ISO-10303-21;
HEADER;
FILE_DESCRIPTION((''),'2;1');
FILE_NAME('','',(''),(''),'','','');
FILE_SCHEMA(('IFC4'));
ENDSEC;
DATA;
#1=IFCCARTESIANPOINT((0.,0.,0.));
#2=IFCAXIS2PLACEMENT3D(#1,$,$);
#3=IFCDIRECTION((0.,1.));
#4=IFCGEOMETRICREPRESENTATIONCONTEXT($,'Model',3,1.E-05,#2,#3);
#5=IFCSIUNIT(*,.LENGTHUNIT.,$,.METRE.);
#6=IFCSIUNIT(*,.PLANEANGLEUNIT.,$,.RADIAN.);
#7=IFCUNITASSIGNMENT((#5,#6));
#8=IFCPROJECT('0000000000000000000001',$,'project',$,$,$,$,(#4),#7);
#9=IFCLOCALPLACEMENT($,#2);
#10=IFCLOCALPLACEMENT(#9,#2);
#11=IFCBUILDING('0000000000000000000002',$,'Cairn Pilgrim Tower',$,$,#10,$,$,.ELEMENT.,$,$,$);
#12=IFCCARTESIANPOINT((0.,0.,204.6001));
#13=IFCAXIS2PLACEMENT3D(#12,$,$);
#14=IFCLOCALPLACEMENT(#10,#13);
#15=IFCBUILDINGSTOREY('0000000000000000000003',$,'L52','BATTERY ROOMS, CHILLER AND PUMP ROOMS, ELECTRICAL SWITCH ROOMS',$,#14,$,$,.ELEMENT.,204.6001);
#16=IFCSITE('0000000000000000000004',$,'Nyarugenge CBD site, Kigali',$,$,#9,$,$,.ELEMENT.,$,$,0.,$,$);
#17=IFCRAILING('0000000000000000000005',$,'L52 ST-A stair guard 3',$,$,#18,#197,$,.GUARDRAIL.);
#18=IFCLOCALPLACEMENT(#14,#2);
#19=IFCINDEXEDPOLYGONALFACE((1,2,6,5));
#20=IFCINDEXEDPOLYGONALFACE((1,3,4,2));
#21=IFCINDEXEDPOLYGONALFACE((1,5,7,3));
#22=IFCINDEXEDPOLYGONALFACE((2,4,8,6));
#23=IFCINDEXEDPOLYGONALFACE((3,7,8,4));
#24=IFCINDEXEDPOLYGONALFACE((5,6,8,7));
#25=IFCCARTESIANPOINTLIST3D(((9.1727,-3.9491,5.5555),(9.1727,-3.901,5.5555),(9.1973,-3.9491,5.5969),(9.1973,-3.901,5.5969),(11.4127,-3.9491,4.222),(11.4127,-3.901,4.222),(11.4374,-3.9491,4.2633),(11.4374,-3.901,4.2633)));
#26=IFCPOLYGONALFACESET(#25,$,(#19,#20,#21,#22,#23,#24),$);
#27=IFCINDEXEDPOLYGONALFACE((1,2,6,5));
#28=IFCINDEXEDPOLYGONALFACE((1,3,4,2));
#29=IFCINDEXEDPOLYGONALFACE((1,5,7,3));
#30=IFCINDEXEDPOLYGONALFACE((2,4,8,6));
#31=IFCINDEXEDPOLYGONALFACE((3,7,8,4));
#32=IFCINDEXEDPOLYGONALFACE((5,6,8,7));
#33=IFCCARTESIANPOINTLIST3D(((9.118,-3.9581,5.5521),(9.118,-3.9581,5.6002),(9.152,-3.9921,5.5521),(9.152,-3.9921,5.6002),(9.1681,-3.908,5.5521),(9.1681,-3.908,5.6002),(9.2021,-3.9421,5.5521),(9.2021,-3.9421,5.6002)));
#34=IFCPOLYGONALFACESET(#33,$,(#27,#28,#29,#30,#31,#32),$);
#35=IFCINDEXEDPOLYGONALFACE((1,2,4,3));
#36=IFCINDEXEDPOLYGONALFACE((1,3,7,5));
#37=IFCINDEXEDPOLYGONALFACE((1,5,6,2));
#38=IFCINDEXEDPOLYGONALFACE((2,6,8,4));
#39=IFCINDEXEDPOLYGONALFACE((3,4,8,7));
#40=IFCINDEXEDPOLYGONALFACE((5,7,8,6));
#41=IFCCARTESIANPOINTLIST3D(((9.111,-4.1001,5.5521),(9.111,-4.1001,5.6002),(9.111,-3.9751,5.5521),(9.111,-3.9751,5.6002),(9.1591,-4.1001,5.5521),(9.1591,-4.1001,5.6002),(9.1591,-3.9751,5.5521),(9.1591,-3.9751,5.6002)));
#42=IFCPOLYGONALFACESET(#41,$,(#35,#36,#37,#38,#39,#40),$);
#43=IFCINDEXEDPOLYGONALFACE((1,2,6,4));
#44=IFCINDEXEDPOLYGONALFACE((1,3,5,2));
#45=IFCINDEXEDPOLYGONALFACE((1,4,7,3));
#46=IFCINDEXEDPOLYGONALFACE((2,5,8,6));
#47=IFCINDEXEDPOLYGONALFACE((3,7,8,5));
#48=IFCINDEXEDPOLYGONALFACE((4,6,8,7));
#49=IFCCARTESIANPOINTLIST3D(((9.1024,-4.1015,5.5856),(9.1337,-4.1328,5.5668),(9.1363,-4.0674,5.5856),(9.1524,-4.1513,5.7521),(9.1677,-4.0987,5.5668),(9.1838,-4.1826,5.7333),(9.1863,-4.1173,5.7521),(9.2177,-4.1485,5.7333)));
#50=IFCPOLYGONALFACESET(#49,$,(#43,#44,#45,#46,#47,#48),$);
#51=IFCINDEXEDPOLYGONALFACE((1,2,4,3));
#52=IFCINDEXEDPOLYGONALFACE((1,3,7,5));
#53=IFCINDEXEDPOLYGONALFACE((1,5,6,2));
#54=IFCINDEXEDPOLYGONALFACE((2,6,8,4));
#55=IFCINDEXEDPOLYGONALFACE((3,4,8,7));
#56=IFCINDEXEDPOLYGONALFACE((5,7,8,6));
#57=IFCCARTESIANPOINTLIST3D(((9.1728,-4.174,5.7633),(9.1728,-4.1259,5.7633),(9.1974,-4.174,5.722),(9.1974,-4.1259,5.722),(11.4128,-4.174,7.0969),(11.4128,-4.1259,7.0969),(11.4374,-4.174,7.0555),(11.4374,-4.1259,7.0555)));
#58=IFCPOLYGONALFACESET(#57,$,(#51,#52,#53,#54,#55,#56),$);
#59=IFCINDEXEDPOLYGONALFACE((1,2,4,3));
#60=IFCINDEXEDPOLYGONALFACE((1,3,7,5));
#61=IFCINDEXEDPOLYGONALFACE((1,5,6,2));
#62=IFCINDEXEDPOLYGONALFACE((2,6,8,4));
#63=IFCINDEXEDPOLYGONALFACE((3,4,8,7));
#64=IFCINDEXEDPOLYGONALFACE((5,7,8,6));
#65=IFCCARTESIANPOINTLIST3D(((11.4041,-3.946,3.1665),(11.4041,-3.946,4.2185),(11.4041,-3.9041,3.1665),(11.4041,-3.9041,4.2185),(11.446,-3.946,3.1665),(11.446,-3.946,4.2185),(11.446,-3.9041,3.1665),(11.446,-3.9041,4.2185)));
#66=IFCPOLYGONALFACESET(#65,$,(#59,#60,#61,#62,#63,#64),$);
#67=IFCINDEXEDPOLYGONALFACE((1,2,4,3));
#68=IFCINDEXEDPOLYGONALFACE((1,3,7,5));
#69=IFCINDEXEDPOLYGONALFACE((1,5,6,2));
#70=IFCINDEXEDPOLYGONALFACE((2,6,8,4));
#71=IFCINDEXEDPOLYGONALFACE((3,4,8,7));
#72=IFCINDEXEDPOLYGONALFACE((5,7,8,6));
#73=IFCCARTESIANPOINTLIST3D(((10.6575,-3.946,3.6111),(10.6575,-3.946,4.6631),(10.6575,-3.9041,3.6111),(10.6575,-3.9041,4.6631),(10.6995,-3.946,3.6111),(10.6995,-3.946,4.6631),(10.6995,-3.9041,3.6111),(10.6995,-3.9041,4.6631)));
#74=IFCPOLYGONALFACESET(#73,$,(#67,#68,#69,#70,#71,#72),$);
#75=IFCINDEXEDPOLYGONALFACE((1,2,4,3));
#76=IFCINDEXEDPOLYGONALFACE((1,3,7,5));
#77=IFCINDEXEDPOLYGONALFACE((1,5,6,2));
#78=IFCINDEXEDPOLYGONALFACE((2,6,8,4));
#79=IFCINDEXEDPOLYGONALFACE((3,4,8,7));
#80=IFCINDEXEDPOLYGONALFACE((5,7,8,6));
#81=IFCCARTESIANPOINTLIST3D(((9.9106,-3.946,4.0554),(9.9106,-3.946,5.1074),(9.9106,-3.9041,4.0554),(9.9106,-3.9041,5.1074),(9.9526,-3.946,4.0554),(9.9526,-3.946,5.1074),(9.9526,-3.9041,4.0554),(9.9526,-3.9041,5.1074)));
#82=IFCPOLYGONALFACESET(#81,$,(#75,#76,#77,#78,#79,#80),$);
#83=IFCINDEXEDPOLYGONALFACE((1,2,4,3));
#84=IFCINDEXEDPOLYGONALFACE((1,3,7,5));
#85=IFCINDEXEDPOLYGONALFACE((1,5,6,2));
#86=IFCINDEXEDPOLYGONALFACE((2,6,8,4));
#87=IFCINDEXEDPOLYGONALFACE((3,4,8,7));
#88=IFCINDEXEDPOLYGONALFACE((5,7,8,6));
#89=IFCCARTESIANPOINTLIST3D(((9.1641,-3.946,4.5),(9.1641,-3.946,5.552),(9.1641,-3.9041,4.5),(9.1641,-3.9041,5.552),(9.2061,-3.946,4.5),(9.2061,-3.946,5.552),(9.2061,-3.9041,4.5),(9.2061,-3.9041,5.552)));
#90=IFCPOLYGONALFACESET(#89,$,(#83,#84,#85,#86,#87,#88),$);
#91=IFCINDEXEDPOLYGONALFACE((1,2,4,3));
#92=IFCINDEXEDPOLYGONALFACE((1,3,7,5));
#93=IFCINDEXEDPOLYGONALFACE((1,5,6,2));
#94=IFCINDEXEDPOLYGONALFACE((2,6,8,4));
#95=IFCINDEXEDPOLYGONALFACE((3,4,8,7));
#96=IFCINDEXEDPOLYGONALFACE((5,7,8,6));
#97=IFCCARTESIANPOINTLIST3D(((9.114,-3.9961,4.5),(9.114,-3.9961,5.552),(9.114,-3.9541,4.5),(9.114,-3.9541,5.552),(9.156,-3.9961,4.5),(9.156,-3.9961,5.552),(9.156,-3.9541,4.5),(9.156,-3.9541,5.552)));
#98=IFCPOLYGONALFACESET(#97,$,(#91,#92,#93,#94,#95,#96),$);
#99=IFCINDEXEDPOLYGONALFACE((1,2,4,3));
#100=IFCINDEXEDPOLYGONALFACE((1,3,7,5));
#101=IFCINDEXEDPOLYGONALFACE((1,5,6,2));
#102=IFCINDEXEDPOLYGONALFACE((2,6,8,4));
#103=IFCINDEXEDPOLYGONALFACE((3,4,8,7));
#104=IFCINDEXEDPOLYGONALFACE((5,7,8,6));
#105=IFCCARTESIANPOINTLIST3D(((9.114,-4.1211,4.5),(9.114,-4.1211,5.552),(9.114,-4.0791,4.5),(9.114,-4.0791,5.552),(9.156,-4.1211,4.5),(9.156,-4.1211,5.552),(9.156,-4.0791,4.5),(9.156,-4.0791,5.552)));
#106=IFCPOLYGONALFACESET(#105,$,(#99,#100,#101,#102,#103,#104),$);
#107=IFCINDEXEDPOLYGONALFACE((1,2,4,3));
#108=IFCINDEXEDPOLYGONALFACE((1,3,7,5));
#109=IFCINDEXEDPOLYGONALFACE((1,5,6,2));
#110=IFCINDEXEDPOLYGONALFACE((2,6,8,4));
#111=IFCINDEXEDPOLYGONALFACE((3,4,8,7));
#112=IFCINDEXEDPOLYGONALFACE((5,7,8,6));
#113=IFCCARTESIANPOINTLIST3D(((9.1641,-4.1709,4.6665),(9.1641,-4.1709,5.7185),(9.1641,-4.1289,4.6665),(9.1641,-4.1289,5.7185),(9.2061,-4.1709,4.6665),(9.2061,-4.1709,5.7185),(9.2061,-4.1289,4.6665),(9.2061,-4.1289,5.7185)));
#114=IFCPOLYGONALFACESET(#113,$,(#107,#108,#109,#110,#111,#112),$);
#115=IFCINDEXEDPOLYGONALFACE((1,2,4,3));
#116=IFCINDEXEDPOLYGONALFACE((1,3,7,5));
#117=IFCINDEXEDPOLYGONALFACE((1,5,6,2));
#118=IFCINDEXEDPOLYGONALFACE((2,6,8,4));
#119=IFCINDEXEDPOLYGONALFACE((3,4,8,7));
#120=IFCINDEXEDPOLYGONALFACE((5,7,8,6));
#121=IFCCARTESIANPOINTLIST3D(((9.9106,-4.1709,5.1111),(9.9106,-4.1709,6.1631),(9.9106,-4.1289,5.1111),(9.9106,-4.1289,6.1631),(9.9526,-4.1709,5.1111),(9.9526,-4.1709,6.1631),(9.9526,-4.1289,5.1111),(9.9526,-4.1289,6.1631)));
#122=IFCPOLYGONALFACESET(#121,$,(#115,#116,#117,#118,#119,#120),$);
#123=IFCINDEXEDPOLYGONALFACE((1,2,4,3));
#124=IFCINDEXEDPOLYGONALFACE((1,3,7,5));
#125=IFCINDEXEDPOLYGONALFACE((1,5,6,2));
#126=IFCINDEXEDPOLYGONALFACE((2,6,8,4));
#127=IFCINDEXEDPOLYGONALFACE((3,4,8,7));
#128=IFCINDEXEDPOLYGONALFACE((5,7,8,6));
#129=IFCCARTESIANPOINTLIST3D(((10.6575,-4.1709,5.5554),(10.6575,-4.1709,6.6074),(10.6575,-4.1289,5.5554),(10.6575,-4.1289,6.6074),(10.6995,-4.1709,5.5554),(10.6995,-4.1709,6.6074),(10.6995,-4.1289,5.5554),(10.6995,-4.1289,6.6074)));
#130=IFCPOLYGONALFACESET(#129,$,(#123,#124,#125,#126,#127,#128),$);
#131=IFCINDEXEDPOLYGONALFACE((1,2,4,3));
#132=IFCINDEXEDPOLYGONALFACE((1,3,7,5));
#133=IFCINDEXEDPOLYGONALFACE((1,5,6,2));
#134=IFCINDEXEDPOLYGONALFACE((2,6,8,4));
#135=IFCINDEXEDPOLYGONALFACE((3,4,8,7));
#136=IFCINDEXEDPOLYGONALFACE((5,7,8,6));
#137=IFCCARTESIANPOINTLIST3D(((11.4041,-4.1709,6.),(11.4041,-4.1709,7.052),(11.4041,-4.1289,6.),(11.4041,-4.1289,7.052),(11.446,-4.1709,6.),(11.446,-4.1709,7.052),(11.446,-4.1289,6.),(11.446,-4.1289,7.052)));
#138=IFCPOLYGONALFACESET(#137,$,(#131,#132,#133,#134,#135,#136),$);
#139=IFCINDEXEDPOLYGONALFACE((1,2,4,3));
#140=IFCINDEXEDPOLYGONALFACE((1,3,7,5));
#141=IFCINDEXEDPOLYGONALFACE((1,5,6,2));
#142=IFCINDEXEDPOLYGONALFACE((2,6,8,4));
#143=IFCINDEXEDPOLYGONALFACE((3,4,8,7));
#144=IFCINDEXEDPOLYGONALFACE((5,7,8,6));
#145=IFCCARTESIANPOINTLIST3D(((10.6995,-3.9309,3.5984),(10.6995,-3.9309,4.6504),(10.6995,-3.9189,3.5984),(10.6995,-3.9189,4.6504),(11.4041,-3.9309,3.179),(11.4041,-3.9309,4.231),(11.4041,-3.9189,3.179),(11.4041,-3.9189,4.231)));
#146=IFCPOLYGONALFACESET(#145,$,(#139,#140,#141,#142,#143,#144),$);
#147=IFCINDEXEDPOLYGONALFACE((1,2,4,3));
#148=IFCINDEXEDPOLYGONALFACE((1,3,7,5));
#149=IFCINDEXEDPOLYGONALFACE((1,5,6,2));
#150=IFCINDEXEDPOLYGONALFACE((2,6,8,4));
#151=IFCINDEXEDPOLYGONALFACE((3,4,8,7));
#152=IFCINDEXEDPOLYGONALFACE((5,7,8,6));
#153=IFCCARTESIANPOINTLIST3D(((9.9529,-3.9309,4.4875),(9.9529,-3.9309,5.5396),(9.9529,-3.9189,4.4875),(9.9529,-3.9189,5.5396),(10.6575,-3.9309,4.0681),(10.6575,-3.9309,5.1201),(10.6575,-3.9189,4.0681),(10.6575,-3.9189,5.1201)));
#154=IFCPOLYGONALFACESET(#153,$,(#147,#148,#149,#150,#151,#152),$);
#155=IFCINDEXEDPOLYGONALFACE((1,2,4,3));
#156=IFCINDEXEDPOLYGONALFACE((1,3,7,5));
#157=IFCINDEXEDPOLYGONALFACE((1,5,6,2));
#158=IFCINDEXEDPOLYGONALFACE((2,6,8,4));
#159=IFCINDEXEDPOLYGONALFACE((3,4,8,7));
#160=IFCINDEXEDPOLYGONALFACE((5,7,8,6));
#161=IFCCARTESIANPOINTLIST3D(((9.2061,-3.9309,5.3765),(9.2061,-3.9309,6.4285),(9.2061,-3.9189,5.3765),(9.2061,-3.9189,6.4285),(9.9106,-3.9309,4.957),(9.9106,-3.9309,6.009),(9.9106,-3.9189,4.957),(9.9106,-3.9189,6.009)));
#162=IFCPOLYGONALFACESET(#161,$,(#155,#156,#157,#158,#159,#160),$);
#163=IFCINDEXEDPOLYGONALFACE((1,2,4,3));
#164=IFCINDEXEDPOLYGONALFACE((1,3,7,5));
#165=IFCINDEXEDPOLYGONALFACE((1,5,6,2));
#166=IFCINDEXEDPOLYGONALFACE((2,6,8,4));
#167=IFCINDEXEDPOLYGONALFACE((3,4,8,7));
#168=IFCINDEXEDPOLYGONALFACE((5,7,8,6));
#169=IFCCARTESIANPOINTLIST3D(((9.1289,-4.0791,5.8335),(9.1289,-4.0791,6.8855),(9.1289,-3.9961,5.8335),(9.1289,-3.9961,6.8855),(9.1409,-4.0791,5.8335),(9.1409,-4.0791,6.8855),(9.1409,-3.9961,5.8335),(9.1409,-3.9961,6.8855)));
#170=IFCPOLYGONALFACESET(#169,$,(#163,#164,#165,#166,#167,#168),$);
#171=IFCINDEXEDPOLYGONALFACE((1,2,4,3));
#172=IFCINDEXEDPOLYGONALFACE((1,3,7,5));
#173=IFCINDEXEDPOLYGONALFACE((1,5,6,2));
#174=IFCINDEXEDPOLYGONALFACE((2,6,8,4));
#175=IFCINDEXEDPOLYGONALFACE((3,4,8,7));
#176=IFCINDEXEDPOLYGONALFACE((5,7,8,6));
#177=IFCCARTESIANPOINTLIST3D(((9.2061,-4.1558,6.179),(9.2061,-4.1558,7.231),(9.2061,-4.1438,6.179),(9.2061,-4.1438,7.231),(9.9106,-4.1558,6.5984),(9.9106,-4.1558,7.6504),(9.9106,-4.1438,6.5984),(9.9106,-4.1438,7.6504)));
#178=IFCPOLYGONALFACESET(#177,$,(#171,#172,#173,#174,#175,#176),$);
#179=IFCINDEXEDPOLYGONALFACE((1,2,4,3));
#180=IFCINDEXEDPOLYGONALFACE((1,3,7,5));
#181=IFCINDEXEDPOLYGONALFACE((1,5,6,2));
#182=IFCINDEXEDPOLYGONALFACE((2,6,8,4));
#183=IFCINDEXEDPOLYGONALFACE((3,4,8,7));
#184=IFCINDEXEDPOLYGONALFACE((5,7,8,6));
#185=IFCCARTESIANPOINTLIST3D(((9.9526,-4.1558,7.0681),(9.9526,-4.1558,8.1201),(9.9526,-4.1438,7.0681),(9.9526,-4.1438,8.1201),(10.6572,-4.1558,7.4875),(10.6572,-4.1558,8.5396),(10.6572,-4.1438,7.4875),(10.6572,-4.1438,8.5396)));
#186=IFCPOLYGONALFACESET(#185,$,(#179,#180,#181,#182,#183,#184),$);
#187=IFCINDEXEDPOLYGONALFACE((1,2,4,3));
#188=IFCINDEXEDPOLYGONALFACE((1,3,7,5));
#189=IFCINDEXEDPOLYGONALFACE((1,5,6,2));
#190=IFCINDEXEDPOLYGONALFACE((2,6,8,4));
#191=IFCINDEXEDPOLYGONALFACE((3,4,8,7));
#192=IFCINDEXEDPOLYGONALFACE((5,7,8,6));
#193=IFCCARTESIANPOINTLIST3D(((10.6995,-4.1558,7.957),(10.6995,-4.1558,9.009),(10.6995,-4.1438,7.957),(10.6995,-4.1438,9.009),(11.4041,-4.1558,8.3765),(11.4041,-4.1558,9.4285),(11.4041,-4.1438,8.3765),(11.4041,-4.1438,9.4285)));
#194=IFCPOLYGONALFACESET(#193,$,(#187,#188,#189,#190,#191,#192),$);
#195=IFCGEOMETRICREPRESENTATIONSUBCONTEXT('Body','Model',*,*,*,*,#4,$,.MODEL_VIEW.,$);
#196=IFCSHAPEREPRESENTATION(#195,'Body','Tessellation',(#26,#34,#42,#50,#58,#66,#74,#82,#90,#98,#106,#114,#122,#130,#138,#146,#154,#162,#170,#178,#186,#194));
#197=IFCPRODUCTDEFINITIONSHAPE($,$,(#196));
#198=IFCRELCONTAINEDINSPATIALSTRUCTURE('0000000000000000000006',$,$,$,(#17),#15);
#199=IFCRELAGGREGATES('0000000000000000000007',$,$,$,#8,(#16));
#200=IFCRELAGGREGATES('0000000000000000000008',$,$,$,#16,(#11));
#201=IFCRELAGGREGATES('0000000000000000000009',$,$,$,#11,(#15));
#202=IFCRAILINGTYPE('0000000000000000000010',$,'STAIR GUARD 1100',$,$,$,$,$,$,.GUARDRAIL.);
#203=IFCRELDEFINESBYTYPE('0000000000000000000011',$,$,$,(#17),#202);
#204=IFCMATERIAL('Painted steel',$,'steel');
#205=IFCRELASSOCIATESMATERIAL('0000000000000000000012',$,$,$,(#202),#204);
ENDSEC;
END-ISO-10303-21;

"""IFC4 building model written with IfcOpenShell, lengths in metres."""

from ifc_helpers import new_model, si_unit, direction, frame, origin, origin_2d, place, context, subcontext, project, spatial, polyline, rectangle, outline, extrude, material, type_object, element, save


model = new_model("IFC4")

# Units and contexts
model_context = context("Model", 3, precision=1e-05, world=origin(), true_north=direction((0.0, 1.0)))
body_context = subcontext(model_context, "Body", "Model", "MODEL_VIEW")
ifc_project = project(units=[si_unit("LENGTHUNIT", "METRE"), si_unit("PLANEANGLEUNIT", "RADIAN")], contexts=[model_context])

# Site, building, storey
site_placement = place(None, origin())
site = spatial("IfcSite", under=ifc_project, at=site_placement, Name="Nyarugenge CBD site, Kigali", CompositionType="ELEMENT", RefElevation=0.0)
building_placement = place(site_placement, origin())
building = spatial("IfcBuilding", under=site, at=building_placement, Name="Cairn Pilgrim Tower", CompositionType="ELEMENT")
storey_placement = place(building_placement, frame((0.0, 0.0, 204.6001)))
storey = spatial("IfcBuildingStorey", under=building, at=storey_placement, Name="L52", Description="BATTERY ROOMS, CHILLER AND PUMP ROOMS, ELECTRICAL SWITCH ROOMS", CompositionType="ELEMENT", Elevation=204.6001)

# Shared definitions
ifc_material_1 = material(Name="Painted steel", Category="steel")

# Railing
railing_type_1 = type_object("IfcRailingType", Name="STAIR GUARD 1100", PredefinedType="GUARDRAIL", material=ifc_material_1)
railing_1_placement = place(storey_placement, frame((11.425, -3.925, 3.1665)))
element("IfcRailing", 1, at=railing_1_placement, inside=storey, type_object=railing_type_1, Name="L52 ST-A stair guard 3", PredefinedType="GUARDRAIL", context=body_context, shape_type="SweptSolid", body=[
    extrude(rectangle(XDim=0.0481, YDim=0.0481, at=origin_2d()), frame((0.0, 0.0, 1.0762), z_axis=(-0.859264, 0.0, 0.511532), x_axis=(0.0, -1.0, 0.0)), (0.0, 0.0, 1.0), 2.6069),
    extrude(rectangle(XDim=0.0481, YDim=0.0481, at=origin_2d()), frame((-2.24, 0.0, 2.4097), z_axis=(-0.707107, -0.707107, 0.0), x_axis=(0.707107, -0.707107, 0.0)), (0.0, 0.0, 1.0), 0.0708),
    extrude(rectangle(XDim=0.0481, YDim=0.0481, at=origin_2d()), frame((-2.29, -0.05, 2.4097), z_axis=(0.0, -1.0, 0.0), x_axis=(1.0, 0.0, 0.0)), (0.0, 0.0, 1.0), 0.125),
    extrude(rectangle(XDim=0.0481, YDim=0.0481, at=origin_2d()), frame((-2.29, -0.175, 2.4097), z_axis=(0.276733, -0.275383, 0.920643), x_axis=(0.705376, 0.708834, 0.0)), (0.0, 0.0, 1.0), 0.1809),
    extrude(rectangle(XDim=0.0481, YDim=0.0481, at=origin_2d()), frame((-2.24, -0.2249, 2.5762), z_axis=(0.859264, 0.0, 0.511532), x_axis=(0.0, 1.0, 0.0)), (0.0, 0.0, 1.0), 2.6069),
    extrude(rectangle(XDim=0.042, YDim=0.042, at=origin_2d()), origin(), (0.0, 0.0, 1.0), 1.052),
    extrude(rectangle(XDim=0.042, YDim=0.042, at=origin_2d()), frame((-0.7466, 0.0, 0.4446)), (0.0, 0.0, 1.0), 1.052),
    extrude(rectangle(XDim=0.042, YDim=0.042, at=origin_2d()), frame((-1.4934, 0.0, 0.8889)), (0.0, 0.0, 1.0), 1.052),
    extrude(rectangle(XDim=0.042, YDim=0.042, at=origin_2d()), frame((-2.24, 0.0, 1.3335)), (0.0, 0.0, 1.0), 1.052),
    extrude(rectangle(XDim=0.042, YDim=0.042, at=origin_2d()), frame((-2.29, -0.05, 1.3335)), (0.0, 0.0, 1.0), 1.052),
    extrude(rectangle(XDim=0.042, YDim=0.042, at=origin_2d()), frame((-2.29, -0.175, 1.3335)), (0.0, 0.0, 1.0), 1.052),
    extrude(rectangle(XDim=0.042, YDim=0.042, at=origin_2d()), frame((-2.24, -0.2249, 1.5)), (0.0, 0.0, 1.0), 1.052),
    extrude(rectangle(XDim=0.042, YDim=0.042, at=origin_2d()), frame((-1.4934, -0.2249, 1.9446)), (0.0, 0.0, 1.0), 1.052),
    extrude(rectangle(XDim=0.042, YDim=0.042, at=origin_2d()), frame((-0.7466, -0.2249, 2.3889)), (0.0, 0.0, 1.0), 1.052),
    extrude(rectangle(XDim=0.042, YDim=0.042, at=origin_2d()), frame((0.0, -0.2249, 2.8335)), (0.0, 0.0, 1.0), 1.052),
    extrude(outline(polyline([(0.021, 0.0125), (0.7256, 0.4319), (0.7256, 1.4839), (0.021, 1.0645), (0.021, 0.0125)])), frame((0.0, -0.0059, 0.0), z_axis=(0.0, 1.0, 0.0), x_axis=(-1.0, 0.0, 0.0)), (0.0, 0.0, 1.0), 0.012),
    extrude(outline(polyline([(0.021, 0.457), (0.7256, 0.8765), (0.7256, 1.9285), (0.021, 1.509), (0.021, 0.457)])), frame((-0.7466, -0.0059, 0.4446), z_axis=(0.0, 1.0, 0.0), x_axis=(-1.0, 0.0, 0.0)), (0.0, 0.0, 1.0), 0.012),
    extrude(outline(polyline([(0.021, 0.9016), (0.7256, 1.321), (0.7256, 2.373), (0.021, 1.9536), (0.021, 0.9016)])), frame((-1.4934, -0.0059, 0.8889), z_axis=(0.0, 1.0, 0.0), x_axis=(-1.0, 0.0, 0.0)), (0.0, 0.0, 1.0), 0.012),
    extrude(outline(polyline([(0.021, 1.3335), (0.104, 1.3335), (0.104, 2.3855), (0.021, 2.3855), (0.021, 1.3335)])), frame((-2.2842, -0.05, 1.3335), z_axis=(-1.0, 0.0, 0.0), x_axis=(0.0, -1.0, 0.0)), (0.0, 0.0, 1.0), 0.012),
    extrude(outline(polyline([(0.021, 1.5125), (0.7256, 1.9319), (0.7256, 2.9839), (0.021, 2.5645), (0.021, 1.5125)])), frame((-2.24, -0.2188, 1.5), z_axis=(0.0, -1.0, 0.0), x_axis=(1.0, 0.0, 0.0)), (0.0, 0.0, 1.0), 0.012),
    extrude(outline(polyline([(0.021, 1.957), (0.7256, 2.3765), (0.7256, 3.4285), (0.021, 3.009), (0.021, 1.957)])), frame((-1.4934, -0.2188, 1.9446), z_axis=(0.0, -1.0, 0.0), x_axis=(1.0, 0.0, 0.0)), (0.0, 0.0, 1.0), 0.012),
    extrude(outline(polyline([(0.021, 2.4016), (0.7256, 2.821), (0.7256, 3.873), (0.021, 3.4536), (0.021, 2.4016)])), frame((-0.7466, -0.2188, 2.3889), z_axis=(0.0, -1.0, 0.0), x_axis=(1.0, 0.0, 0.0)), (0.0, 0.0, 1.0), 0.012),
])

save(model, "model.ifc")
